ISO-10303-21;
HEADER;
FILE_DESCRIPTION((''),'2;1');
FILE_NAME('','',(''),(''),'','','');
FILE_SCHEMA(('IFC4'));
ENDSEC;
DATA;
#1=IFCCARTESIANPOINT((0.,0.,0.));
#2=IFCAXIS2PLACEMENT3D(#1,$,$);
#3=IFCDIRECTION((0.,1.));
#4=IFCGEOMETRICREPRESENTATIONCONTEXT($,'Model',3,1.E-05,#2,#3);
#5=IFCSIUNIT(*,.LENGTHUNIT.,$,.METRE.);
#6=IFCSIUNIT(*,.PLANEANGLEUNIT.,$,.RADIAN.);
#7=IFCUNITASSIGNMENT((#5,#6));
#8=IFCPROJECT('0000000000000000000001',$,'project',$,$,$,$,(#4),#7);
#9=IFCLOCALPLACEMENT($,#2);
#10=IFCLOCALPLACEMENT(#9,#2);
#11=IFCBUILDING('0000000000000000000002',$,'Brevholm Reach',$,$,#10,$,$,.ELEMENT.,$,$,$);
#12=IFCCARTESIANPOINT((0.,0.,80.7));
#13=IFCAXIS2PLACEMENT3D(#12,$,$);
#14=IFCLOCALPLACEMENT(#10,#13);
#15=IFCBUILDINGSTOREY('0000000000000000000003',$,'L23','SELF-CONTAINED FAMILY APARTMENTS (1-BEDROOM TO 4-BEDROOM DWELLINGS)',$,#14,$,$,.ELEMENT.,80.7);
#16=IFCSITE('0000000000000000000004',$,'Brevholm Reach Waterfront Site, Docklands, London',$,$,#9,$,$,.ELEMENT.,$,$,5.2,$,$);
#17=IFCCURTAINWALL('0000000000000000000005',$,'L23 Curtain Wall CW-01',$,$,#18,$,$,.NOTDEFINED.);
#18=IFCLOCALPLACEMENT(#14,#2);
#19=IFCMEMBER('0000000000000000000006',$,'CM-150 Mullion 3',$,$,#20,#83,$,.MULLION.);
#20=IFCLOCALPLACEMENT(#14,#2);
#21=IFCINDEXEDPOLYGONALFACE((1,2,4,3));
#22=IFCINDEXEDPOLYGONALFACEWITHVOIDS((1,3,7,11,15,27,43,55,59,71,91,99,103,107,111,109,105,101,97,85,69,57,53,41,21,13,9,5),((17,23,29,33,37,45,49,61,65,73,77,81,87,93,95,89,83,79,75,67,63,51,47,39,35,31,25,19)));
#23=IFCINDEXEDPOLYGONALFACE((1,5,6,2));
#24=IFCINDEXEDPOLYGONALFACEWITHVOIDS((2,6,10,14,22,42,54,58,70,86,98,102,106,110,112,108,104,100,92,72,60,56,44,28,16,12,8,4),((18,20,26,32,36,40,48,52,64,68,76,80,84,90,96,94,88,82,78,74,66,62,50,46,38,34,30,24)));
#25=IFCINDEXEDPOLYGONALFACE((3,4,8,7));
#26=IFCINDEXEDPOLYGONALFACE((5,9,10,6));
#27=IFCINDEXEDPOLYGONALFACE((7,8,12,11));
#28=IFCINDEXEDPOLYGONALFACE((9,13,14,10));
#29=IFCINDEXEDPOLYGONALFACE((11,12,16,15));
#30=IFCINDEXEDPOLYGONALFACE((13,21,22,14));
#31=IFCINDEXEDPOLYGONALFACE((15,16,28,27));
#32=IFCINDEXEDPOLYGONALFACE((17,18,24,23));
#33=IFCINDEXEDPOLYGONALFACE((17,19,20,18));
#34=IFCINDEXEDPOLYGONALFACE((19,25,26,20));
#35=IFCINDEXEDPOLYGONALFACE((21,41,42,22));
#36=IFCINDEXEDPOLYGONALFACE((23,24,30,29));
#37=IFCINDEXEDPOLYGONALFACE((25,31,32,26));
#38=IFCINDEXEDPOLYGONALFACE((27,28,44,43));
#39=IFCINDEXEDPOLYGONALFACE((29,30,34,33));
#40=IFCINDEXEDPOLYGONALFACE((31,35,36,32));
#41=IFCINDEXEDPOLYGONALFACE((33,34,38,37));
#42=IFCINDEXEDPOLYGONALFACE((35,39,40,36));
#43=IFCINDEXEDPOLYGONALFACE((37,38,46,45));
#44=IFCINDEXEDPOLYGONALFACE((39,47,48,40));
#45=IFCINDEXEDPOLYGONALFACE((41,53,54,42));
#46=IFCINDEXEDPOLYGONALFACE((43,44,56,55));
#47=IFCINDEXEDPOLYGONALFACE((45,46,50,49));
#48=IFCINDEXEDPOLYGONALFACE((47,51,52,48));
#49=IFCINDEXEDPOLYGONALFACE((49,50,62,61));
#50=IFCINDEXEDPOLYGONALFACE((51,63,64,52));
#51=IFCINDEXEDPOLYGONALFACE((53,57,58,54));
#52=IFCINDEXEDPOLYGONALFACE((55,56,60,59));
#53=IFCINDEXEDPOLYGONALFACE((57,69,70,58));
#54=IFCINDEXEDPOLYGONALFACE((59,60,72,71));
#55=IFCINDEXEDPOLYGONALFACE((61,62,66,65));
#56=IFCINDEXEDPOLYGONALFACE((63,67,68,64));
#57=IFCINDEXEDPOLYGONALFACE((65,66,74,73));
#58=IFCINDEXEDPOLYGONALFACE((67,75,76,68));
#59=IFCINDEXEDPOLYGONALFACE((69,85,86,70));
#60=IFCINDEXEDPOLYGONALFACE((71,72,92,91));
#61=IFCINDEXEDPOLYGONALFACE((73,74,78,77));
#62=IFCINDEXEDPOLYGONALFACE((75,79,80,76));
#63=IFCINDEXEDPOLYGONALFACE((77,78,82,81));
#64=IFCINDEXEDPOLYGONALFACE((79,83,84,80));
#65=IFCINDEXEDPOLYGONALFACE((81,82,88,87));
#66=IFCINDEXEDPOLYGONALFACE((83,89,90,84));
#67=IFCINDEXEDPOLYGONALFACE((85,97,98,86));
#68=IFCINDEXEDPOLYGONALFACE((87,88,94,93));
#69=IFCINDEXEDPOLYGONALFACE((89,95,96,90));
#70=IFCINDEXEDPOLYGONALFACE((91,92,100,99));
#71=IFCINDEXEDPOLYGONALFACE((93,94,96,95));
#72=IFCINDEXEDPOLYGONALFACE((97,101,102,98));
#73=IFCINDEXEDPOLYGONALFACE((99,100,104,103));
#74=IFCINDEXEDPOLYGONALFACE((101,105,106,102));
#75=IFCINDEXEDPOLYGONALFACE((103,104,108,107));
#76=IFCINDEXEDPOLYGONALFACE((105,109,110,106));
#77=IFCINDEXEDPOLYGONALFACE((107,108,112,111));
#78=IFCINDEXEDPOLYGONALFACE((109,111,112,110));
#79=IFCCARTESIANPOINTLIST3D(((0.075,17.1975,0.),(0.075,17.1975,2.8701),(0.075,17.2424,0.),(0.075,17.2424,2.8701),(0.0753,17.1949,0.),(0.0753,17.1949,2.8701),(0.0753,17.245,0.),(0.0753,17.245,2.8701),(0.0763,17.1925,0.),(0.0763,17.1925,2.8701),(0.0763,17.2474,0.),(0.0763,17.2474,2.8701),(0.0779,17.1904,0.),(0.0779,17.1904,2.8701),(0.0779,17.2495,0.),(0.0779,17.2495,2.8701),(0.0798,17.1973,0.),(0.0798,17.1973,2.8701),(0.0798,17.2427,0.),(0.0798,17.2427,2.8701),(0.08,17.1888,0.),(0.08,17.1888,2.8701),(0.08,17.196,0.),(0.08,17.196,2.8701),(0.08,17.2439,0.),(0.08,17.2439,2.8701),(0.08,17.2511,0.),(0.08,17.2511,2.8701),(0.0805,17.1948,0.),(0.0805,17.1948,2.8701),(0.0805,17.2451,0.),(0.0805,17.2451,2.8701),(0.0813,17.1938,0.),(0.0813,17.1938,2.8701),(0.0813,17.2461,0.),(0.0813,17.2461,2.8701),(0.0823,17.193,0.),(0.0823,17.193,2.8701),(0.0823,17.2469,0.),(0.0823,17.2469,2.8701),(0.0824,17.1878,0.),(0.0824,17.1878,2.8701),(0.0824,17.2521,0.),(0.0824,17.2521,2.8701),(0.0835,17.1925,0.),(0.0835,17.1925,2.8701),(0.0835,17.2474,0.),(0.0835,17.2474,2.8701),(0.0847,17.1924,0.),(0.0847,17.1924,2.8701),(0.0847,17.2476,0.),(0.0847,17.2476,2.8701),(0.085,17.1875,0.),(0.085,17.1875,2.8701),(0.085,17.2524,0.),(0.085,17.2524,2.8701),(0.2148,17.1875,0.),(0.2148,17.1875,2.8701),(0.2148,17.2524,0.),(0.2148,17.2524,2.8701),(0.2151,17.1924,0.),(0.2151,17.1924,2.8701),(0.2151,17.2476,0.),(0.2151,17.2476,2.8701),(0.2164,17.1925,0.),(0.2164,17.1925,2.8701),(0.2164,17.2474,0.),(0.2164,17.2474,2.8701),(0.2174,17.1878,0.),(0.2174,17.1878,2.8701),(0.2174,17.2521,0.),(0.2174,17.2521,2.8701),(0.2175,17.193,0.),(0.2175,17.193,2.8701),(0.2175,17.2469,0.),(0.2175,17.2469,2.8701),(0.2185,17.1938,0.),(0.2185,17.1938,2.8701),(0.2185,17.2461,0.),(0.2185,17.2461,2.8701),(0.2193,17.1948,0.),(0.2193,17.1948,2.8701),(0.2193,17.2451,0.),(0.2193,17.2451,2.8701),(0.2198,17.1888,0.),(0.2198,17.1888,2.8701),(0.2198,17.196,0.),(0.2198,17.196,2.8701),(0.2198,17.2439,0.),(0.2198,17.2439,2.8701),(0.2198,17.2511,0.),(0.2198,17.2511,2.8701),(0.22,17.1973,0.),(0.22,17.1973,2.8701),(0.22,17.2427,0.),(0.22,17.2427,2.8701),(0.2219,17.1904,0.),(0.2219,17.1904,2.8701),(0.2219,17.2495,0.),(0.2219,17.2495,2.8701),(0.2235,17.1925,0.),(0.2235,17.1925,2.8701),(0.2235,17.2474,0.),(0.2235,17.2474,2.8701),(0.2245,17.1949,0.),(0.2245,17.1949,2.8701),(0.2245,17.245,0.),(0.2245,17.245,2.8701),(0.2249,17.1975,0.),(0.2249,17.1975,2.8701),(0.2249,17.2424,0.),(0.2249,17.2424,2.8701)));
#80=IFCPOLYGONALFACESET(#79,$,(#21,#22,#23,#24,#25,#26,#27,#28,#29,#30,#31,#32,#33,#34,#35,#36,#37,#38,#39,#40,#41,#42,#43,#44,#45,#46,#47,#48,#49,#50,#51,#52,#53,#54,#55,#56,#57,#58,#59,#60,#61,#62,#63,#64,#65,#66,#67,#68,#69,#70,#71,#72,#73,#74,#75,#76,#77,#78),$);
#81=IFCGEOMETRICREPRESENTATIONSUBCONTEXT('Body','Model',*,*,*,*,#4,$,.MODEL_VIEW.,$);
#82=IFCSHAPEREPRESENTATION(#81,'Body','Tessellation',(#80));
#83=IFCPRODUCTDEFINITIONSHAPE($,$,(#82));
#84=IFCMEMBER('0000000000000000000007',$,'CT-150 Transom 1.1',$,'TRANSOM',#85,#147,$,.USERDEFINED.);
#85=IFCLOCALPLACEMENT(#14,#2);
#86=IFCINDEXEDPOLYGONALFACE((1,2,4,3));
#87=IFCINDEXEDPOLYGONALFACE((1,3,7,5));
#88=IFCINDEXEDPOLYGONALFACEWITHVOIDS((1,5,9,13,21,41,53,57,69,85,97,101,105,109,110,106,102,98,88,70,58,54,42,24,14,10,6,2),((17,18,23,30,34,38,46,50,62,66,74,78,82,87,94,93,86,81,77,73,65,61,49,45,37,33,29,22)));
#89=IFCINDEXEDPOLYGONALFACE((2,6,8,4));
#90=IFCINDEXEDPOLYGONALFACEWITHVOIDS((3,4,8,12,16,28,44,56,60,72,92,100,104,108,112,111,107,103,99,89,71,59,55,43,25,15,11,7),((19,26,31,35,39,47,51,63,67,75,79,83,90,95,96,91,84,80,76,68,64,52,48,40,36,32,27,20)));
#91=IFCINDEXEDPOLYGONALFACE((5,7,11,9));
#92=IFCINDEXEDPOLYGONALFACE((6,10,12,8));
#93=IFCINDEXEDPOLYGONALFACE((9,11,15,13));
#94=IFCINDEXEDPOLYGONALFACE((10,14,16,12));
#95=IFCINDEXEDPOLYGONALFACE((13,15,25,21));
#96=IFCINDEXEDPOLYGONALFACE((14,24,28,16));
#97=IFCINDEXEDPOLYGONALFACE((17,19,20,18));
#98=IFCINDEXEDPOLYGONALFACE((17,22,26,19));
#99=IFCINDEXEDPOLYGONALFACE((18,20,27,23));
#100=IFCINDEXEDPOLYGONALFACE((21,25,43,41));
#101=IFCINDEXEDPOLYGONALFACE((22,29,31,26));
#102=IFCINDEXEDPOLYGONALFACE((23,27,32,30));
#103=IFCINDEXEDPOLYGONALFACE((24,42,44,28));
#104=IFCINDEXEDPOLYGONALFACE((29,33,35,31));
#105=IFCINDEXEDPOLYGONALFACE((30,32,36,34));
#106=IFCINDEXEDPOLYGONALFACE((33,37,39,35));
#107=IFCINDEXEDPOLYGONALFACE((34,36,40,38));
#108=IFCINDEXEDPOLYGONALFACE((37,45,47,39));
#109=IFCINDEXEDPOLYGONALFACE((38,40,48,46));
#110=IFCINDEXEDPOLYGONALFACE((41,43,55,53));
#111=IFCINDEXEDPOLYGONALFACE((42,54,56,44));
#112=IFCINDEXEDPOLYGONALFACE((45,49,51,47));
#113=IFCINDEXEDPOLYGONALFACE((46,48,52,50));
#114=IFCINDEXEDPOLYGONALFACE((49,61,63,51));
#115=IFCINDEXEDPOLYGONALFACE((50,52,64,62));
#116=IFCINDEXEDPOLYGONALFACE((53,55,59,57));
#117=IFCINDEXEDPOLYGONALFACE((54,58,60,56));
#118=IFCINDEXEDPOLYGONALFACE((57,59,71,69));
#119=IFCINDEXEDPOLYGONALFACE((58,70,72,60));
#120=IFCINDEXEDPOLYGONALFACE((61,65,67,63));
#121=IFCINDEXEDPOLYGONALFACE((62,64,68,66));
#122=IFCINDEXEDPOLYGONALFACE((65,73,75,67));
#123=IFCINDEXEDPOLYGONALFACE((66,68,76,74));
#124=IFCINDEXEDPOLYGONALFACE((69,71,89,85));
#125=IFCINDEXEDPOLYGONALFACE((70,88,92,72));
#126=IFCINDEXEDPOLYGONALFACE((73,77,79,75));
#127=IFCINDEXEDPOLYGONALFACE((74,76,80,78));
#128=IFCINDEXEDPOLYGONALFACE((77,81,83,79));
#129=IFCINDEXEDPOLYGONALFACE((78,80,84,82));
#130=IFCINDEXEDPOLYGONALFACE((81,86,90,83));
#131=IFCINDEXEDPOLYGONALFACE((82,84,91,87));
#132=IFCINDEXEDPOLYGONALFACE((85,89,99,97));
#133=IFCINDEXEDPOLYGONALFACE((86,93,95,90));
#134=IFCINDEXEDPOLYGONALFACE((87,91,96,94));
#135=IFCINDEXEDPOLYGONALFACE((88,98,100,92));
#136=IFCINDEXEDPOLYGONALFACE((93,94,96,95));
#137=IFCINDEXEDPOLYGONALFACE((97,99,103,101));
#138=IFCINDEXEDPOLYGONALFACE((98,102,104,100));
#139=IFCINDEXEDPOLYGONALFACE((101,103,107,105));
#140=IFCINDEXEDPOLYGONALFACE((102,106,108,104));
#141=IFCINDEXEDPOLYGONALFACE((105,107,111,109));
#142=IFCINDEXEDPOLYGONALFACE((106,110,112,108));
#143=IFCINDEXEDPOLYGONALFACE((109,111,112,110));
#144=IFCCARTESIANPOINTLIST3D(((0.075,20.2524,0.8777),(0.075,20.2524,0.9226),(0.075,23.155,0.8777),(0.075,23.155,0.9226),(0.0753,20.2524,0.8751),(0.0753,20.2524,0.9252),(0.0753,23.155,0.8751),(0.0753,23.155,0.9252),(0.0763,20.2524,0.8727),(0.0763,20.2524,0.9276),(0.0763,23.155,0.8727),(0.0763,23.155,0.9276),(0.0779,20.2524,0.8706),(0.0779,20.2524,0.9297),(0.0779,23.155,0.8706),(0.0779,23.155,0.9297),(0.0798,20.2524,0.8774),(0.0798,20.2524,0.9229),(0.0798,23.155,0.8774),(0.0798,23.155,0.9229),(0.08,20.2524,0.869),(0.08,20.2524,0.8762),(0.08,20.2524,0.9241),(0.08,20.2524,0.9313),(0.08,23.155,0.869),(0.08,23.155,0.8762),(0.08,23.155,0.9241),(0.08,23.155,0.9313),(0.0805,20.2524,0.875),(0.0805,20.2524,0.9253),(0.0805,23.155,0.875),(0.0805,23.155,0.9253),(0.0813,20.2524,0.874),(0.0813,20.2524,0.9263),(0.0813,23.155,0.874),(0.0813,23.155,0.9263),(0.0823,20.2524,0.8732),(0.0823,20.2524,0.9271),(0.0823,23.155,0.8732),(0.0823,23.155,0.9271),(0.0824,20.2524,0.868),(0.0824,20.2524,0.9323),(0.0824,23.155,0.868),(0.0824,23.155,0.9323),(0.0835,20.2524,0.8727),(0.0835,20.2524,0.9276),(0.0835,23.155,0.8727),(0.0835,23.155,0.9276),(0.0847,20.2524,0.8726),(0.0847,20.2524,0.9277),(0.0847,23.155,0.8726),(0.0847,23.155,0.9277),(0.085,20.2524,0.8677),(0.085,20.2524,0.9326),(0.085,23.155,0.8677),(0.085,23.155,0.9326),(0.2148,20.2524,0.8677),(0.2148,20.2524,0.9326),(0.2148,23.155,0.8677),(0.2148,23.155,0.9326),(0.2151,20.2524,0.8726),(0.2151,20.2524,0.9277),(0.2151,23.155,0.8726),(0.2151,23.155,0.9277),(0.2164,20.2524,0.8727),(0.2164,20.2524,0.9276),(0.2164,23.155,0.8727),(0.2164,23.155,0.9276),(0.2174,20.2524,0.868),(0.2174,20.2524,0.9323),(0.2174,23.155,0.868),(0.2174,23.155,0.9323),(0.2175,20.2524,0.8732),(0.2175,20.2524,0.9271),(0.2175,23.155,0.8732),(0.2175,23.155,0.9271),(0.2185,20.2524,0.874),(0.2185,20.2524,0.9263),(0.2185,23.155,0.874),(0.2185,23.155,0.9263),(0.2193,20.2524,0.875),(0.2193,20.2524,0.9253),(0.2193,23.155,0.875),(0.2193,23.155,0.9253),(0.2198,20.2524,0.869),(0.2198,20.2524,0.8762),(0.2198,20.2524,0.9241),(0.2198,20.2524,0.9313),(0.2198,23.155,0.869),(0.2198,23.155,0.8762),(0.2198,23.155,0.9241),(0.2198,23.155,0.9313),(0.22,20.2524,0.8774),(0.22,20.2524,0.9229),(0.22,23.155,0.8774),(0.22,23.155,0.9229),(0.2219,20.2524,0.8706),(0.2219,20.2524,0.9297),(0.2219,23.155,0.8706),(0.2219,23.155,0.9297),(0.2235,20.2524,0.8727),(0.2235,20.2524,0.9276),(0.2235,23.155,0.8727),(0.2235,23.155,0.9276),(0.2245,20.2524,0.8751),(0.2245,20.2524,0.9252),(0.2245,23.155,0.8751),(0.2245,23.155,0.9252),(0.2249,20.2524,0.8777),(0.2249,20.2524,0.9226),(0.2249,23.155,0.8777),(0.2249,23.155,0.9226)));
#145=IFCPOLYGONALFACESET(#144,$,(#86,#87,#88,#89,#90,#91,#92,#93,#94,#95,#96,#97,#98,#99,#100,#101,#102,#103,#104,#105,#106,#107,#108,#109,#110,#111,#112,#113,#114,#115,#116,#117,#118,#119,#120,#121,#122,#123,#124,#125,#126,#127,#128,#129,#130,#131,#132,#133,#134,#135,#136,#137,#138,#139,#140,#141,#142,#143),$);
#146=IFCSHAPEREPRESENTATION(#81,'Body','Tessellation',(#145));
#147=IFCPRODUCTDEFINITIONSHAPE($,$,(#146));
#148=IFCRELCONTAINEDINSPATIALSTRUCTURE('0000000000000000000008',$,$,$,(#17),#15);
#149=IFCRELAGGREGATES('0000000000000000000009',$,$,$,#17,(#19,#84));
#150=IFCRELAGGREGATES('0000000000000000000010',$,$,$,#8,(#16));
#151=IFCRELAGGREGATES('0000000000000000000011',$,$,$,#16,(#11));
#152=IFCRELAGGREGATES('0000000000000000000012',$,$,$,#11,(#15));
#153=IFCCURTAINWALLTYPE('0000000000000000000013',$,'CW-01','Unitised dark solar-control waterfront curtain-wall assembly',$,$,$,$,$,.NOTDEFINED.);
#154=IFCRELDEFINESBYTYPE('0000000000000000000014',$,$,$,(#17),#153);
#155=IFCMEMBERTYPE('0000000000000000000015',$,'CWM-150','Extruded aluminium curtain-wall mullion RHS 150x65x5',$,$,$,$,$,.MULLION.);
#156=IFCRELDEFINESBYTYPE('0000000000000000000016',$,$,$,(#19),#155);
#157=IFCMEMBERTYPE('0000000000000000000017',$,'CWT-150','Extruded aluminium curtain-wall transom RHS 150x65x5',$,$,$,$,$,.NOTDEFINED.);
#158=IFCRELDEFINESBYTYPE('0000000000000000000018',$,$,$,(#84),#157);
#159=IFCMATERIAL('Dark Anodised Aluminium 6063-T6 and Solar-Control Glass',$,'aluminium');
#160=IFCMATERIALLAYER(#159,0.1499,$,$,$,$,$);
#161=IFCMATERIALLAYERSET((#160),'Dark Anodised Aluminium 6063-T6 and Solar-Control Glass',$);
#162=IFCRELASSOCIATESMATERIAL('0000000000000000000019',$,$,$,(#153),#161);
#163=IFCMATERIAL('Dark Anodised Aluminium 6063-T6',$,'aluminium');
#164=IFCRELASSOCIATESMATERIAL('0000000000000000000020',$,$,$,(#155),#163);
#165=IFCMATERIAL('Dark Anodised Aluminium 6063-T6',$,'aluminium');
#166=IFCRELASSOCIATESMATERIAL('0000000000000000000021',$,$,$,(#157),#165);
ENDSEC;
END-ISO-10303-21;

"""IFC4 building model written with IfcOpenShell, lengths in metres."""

from ifc_helpers import new_model, si_unit, direction, frame, origin, origin_2d, place, context, subcontext, project, spatial, hollow_rectangle, extrude, material, layer, layer_set, material_profile, profile_set, type_object, element, aggregate, save


model = new_model("IFC4")

# Units and contexts
model_context = context("Model", 3, precision=1e-05, world=origin(), true_north=direction((0.0, 1.0)))
body_context = subcontext(model_context, "Body", "Model", "MODEL_VIEW")
ifc_project = project(units=[si_unit("LENGTHUNIT", "METRE"), si_unit("PLANEANGLEUNIT", "RADIAN")], contexts=[model_context])

# Site, building, storey
site_placement = place(None, origin())
site = spatial("IfcSite", under=ifc_project, at=site_placement, Name="Brevholm Reach Waterfront Site, Docklands, London", CompositionType="ELEMENT", RefElevation=5.2)
building_placement = place(site_placement, origin())
building = spatial("IfcBuilding", under=site, at=building_placement, Name="Brevholm Reach", CompositionType="ELEMENT")
storey_placement = place(building_placement, frame((0.0, 0.0, 80.7)))
storey = spatial("IfcBuildingStorey", under=building, at=storey_placement, Name="L23", Description="SELF-CONTAINED FAMILY APARTMENTS (1-BEDROOM TO 4-BEDROOM DWELLINGS)", CompositionType="ELEMENT", Elevation=80.7)

# Curtain wall, members
ifc_material_1 = material(Name="Dark Anodised Aluminium 6063-T6 and Solar-Control Glass", Category="aluminium")
ifc_layer_1 = layer(ifc_material_1, 0.1499)
ifc_layer_set_1 = layer_set([ifc_layer_1], Name="Dark Anodised Aluminium 6063-T6 and Solar-Control Glass")
curtain_wall_type = type_object("IfcCurtainWallType", Name="CW-01", Description="Unitised dark solar-control waterfront curtain-wall assembly", PredefinedType="NOTDEFINED", material=ifc_layer_set_1)
curtain_wall_placement = place(storey_placement, origin())
curtain_wall = element("IfcCurtainWall", 1, at=curtain_wall_placement, inside=storey, type_object=curtain_wall_type, Name="L23 Curtain Wall CW-01", PredefinedType="NOTDEFINED")
ifc_material_2 = material(Name="Dark Anodised Aluminium 6063-T6", Category="aluminium")
ifc_material_profile_1 = material_profile(ifc_material_2, hollow_rectangle(XDim=0.0649, YDim=0.1499, WallThickness=0.0049, InnerFilletRadius=0.0049, OuterFilletRadius=0.01, at=origin_2d()), Name="RHS 150x65x5")
ifc_profile_set_1 = profile_set([ifc_material_profile_1], Name="Dark Anodised Aluminium 6063-T6")
member_type_1 = type_object("IfcMemberType", Name="CWM-150", Description="Extruded aluminium curtain-wall mullion RHS 150x65x5", PredefinedType="MULLION", material=ifc_profile_set_1)
member_1_placement = place(storey_placement, frame((0.1499, 17.22, 0.0), z_axis=(0.0, 0.0, 1.0), x_axis=(0.0, -1.0, 0.0)))
member_1 = element("IfcMember", 2, at=member_1_placement, type_object=member_type_1, Name="CM-150 Mullion 3", PredefinedType="MULLION", context=body_context, shape_type="SweptSolid", body=[
    extrude(hollow_rectangle(XDim=0.0649, YDim=0.1499, WallThickness=0.0049, InnerFilletRadius=0.0049, OuterFilletRadius=0.01, at=origin_2d()), origin(), (0.0, 0.0, 1.0), 2.8701),
])
ifc_material_3 = material(Name="Dark Anodised Aluminium 6063-T6", Category="aluminium")
ifc_material_profile_2 = material_profile(ifc_material_3, hollow_rectangle(XDim=0.0649, YDim=0.1499, WallThickness=0.0049, InnerFilletRadius=0.0049, OuterFilletRadius=0.01, at=origin_2d()), Name="RHS 150x65x5")
ifc_profile_set_2 = profile_set([ifc_material_profile_2], Name="Dark Anodised Aluminium 6063-T6")
member_type_2 = type_object("IfcMemberType", Name="CWT-150", Description="Extruded aluminium curtain-wall transom RHS 150x65x5", PredefinedType="NOTDEFINED", material=ifc_profile_set_2)
member_2_placement = place(storey_placement, frame((0.1499, 23.155, 0.9001), z_axis=(0.0, -1.0, 0.0), x_axis=(0.0, 0.0, 1.0)))
member_2 = element("IfcMember", 3, at=member_2_placement, type_object=member_type_2, Name="CT-150 Transom 1.1", ObjectType="TRANSOM", PredefinedType="USERDEFINED", context=body_context, shape_type="SweptSolid", body=[
    extrude(hollow_rectangle(XDim=0.0649, YDim=0.1499, WallThickness=0.0049, InnerFilletRadius=0.0049, OuterFilletRadius=0.01, at=origin_2d()), origin(), (0.0, 0.0, 1.0), 2.9026),
])
aggregate(curtain_wall, [member_1, member_2])

save(model, "model.ifc")
